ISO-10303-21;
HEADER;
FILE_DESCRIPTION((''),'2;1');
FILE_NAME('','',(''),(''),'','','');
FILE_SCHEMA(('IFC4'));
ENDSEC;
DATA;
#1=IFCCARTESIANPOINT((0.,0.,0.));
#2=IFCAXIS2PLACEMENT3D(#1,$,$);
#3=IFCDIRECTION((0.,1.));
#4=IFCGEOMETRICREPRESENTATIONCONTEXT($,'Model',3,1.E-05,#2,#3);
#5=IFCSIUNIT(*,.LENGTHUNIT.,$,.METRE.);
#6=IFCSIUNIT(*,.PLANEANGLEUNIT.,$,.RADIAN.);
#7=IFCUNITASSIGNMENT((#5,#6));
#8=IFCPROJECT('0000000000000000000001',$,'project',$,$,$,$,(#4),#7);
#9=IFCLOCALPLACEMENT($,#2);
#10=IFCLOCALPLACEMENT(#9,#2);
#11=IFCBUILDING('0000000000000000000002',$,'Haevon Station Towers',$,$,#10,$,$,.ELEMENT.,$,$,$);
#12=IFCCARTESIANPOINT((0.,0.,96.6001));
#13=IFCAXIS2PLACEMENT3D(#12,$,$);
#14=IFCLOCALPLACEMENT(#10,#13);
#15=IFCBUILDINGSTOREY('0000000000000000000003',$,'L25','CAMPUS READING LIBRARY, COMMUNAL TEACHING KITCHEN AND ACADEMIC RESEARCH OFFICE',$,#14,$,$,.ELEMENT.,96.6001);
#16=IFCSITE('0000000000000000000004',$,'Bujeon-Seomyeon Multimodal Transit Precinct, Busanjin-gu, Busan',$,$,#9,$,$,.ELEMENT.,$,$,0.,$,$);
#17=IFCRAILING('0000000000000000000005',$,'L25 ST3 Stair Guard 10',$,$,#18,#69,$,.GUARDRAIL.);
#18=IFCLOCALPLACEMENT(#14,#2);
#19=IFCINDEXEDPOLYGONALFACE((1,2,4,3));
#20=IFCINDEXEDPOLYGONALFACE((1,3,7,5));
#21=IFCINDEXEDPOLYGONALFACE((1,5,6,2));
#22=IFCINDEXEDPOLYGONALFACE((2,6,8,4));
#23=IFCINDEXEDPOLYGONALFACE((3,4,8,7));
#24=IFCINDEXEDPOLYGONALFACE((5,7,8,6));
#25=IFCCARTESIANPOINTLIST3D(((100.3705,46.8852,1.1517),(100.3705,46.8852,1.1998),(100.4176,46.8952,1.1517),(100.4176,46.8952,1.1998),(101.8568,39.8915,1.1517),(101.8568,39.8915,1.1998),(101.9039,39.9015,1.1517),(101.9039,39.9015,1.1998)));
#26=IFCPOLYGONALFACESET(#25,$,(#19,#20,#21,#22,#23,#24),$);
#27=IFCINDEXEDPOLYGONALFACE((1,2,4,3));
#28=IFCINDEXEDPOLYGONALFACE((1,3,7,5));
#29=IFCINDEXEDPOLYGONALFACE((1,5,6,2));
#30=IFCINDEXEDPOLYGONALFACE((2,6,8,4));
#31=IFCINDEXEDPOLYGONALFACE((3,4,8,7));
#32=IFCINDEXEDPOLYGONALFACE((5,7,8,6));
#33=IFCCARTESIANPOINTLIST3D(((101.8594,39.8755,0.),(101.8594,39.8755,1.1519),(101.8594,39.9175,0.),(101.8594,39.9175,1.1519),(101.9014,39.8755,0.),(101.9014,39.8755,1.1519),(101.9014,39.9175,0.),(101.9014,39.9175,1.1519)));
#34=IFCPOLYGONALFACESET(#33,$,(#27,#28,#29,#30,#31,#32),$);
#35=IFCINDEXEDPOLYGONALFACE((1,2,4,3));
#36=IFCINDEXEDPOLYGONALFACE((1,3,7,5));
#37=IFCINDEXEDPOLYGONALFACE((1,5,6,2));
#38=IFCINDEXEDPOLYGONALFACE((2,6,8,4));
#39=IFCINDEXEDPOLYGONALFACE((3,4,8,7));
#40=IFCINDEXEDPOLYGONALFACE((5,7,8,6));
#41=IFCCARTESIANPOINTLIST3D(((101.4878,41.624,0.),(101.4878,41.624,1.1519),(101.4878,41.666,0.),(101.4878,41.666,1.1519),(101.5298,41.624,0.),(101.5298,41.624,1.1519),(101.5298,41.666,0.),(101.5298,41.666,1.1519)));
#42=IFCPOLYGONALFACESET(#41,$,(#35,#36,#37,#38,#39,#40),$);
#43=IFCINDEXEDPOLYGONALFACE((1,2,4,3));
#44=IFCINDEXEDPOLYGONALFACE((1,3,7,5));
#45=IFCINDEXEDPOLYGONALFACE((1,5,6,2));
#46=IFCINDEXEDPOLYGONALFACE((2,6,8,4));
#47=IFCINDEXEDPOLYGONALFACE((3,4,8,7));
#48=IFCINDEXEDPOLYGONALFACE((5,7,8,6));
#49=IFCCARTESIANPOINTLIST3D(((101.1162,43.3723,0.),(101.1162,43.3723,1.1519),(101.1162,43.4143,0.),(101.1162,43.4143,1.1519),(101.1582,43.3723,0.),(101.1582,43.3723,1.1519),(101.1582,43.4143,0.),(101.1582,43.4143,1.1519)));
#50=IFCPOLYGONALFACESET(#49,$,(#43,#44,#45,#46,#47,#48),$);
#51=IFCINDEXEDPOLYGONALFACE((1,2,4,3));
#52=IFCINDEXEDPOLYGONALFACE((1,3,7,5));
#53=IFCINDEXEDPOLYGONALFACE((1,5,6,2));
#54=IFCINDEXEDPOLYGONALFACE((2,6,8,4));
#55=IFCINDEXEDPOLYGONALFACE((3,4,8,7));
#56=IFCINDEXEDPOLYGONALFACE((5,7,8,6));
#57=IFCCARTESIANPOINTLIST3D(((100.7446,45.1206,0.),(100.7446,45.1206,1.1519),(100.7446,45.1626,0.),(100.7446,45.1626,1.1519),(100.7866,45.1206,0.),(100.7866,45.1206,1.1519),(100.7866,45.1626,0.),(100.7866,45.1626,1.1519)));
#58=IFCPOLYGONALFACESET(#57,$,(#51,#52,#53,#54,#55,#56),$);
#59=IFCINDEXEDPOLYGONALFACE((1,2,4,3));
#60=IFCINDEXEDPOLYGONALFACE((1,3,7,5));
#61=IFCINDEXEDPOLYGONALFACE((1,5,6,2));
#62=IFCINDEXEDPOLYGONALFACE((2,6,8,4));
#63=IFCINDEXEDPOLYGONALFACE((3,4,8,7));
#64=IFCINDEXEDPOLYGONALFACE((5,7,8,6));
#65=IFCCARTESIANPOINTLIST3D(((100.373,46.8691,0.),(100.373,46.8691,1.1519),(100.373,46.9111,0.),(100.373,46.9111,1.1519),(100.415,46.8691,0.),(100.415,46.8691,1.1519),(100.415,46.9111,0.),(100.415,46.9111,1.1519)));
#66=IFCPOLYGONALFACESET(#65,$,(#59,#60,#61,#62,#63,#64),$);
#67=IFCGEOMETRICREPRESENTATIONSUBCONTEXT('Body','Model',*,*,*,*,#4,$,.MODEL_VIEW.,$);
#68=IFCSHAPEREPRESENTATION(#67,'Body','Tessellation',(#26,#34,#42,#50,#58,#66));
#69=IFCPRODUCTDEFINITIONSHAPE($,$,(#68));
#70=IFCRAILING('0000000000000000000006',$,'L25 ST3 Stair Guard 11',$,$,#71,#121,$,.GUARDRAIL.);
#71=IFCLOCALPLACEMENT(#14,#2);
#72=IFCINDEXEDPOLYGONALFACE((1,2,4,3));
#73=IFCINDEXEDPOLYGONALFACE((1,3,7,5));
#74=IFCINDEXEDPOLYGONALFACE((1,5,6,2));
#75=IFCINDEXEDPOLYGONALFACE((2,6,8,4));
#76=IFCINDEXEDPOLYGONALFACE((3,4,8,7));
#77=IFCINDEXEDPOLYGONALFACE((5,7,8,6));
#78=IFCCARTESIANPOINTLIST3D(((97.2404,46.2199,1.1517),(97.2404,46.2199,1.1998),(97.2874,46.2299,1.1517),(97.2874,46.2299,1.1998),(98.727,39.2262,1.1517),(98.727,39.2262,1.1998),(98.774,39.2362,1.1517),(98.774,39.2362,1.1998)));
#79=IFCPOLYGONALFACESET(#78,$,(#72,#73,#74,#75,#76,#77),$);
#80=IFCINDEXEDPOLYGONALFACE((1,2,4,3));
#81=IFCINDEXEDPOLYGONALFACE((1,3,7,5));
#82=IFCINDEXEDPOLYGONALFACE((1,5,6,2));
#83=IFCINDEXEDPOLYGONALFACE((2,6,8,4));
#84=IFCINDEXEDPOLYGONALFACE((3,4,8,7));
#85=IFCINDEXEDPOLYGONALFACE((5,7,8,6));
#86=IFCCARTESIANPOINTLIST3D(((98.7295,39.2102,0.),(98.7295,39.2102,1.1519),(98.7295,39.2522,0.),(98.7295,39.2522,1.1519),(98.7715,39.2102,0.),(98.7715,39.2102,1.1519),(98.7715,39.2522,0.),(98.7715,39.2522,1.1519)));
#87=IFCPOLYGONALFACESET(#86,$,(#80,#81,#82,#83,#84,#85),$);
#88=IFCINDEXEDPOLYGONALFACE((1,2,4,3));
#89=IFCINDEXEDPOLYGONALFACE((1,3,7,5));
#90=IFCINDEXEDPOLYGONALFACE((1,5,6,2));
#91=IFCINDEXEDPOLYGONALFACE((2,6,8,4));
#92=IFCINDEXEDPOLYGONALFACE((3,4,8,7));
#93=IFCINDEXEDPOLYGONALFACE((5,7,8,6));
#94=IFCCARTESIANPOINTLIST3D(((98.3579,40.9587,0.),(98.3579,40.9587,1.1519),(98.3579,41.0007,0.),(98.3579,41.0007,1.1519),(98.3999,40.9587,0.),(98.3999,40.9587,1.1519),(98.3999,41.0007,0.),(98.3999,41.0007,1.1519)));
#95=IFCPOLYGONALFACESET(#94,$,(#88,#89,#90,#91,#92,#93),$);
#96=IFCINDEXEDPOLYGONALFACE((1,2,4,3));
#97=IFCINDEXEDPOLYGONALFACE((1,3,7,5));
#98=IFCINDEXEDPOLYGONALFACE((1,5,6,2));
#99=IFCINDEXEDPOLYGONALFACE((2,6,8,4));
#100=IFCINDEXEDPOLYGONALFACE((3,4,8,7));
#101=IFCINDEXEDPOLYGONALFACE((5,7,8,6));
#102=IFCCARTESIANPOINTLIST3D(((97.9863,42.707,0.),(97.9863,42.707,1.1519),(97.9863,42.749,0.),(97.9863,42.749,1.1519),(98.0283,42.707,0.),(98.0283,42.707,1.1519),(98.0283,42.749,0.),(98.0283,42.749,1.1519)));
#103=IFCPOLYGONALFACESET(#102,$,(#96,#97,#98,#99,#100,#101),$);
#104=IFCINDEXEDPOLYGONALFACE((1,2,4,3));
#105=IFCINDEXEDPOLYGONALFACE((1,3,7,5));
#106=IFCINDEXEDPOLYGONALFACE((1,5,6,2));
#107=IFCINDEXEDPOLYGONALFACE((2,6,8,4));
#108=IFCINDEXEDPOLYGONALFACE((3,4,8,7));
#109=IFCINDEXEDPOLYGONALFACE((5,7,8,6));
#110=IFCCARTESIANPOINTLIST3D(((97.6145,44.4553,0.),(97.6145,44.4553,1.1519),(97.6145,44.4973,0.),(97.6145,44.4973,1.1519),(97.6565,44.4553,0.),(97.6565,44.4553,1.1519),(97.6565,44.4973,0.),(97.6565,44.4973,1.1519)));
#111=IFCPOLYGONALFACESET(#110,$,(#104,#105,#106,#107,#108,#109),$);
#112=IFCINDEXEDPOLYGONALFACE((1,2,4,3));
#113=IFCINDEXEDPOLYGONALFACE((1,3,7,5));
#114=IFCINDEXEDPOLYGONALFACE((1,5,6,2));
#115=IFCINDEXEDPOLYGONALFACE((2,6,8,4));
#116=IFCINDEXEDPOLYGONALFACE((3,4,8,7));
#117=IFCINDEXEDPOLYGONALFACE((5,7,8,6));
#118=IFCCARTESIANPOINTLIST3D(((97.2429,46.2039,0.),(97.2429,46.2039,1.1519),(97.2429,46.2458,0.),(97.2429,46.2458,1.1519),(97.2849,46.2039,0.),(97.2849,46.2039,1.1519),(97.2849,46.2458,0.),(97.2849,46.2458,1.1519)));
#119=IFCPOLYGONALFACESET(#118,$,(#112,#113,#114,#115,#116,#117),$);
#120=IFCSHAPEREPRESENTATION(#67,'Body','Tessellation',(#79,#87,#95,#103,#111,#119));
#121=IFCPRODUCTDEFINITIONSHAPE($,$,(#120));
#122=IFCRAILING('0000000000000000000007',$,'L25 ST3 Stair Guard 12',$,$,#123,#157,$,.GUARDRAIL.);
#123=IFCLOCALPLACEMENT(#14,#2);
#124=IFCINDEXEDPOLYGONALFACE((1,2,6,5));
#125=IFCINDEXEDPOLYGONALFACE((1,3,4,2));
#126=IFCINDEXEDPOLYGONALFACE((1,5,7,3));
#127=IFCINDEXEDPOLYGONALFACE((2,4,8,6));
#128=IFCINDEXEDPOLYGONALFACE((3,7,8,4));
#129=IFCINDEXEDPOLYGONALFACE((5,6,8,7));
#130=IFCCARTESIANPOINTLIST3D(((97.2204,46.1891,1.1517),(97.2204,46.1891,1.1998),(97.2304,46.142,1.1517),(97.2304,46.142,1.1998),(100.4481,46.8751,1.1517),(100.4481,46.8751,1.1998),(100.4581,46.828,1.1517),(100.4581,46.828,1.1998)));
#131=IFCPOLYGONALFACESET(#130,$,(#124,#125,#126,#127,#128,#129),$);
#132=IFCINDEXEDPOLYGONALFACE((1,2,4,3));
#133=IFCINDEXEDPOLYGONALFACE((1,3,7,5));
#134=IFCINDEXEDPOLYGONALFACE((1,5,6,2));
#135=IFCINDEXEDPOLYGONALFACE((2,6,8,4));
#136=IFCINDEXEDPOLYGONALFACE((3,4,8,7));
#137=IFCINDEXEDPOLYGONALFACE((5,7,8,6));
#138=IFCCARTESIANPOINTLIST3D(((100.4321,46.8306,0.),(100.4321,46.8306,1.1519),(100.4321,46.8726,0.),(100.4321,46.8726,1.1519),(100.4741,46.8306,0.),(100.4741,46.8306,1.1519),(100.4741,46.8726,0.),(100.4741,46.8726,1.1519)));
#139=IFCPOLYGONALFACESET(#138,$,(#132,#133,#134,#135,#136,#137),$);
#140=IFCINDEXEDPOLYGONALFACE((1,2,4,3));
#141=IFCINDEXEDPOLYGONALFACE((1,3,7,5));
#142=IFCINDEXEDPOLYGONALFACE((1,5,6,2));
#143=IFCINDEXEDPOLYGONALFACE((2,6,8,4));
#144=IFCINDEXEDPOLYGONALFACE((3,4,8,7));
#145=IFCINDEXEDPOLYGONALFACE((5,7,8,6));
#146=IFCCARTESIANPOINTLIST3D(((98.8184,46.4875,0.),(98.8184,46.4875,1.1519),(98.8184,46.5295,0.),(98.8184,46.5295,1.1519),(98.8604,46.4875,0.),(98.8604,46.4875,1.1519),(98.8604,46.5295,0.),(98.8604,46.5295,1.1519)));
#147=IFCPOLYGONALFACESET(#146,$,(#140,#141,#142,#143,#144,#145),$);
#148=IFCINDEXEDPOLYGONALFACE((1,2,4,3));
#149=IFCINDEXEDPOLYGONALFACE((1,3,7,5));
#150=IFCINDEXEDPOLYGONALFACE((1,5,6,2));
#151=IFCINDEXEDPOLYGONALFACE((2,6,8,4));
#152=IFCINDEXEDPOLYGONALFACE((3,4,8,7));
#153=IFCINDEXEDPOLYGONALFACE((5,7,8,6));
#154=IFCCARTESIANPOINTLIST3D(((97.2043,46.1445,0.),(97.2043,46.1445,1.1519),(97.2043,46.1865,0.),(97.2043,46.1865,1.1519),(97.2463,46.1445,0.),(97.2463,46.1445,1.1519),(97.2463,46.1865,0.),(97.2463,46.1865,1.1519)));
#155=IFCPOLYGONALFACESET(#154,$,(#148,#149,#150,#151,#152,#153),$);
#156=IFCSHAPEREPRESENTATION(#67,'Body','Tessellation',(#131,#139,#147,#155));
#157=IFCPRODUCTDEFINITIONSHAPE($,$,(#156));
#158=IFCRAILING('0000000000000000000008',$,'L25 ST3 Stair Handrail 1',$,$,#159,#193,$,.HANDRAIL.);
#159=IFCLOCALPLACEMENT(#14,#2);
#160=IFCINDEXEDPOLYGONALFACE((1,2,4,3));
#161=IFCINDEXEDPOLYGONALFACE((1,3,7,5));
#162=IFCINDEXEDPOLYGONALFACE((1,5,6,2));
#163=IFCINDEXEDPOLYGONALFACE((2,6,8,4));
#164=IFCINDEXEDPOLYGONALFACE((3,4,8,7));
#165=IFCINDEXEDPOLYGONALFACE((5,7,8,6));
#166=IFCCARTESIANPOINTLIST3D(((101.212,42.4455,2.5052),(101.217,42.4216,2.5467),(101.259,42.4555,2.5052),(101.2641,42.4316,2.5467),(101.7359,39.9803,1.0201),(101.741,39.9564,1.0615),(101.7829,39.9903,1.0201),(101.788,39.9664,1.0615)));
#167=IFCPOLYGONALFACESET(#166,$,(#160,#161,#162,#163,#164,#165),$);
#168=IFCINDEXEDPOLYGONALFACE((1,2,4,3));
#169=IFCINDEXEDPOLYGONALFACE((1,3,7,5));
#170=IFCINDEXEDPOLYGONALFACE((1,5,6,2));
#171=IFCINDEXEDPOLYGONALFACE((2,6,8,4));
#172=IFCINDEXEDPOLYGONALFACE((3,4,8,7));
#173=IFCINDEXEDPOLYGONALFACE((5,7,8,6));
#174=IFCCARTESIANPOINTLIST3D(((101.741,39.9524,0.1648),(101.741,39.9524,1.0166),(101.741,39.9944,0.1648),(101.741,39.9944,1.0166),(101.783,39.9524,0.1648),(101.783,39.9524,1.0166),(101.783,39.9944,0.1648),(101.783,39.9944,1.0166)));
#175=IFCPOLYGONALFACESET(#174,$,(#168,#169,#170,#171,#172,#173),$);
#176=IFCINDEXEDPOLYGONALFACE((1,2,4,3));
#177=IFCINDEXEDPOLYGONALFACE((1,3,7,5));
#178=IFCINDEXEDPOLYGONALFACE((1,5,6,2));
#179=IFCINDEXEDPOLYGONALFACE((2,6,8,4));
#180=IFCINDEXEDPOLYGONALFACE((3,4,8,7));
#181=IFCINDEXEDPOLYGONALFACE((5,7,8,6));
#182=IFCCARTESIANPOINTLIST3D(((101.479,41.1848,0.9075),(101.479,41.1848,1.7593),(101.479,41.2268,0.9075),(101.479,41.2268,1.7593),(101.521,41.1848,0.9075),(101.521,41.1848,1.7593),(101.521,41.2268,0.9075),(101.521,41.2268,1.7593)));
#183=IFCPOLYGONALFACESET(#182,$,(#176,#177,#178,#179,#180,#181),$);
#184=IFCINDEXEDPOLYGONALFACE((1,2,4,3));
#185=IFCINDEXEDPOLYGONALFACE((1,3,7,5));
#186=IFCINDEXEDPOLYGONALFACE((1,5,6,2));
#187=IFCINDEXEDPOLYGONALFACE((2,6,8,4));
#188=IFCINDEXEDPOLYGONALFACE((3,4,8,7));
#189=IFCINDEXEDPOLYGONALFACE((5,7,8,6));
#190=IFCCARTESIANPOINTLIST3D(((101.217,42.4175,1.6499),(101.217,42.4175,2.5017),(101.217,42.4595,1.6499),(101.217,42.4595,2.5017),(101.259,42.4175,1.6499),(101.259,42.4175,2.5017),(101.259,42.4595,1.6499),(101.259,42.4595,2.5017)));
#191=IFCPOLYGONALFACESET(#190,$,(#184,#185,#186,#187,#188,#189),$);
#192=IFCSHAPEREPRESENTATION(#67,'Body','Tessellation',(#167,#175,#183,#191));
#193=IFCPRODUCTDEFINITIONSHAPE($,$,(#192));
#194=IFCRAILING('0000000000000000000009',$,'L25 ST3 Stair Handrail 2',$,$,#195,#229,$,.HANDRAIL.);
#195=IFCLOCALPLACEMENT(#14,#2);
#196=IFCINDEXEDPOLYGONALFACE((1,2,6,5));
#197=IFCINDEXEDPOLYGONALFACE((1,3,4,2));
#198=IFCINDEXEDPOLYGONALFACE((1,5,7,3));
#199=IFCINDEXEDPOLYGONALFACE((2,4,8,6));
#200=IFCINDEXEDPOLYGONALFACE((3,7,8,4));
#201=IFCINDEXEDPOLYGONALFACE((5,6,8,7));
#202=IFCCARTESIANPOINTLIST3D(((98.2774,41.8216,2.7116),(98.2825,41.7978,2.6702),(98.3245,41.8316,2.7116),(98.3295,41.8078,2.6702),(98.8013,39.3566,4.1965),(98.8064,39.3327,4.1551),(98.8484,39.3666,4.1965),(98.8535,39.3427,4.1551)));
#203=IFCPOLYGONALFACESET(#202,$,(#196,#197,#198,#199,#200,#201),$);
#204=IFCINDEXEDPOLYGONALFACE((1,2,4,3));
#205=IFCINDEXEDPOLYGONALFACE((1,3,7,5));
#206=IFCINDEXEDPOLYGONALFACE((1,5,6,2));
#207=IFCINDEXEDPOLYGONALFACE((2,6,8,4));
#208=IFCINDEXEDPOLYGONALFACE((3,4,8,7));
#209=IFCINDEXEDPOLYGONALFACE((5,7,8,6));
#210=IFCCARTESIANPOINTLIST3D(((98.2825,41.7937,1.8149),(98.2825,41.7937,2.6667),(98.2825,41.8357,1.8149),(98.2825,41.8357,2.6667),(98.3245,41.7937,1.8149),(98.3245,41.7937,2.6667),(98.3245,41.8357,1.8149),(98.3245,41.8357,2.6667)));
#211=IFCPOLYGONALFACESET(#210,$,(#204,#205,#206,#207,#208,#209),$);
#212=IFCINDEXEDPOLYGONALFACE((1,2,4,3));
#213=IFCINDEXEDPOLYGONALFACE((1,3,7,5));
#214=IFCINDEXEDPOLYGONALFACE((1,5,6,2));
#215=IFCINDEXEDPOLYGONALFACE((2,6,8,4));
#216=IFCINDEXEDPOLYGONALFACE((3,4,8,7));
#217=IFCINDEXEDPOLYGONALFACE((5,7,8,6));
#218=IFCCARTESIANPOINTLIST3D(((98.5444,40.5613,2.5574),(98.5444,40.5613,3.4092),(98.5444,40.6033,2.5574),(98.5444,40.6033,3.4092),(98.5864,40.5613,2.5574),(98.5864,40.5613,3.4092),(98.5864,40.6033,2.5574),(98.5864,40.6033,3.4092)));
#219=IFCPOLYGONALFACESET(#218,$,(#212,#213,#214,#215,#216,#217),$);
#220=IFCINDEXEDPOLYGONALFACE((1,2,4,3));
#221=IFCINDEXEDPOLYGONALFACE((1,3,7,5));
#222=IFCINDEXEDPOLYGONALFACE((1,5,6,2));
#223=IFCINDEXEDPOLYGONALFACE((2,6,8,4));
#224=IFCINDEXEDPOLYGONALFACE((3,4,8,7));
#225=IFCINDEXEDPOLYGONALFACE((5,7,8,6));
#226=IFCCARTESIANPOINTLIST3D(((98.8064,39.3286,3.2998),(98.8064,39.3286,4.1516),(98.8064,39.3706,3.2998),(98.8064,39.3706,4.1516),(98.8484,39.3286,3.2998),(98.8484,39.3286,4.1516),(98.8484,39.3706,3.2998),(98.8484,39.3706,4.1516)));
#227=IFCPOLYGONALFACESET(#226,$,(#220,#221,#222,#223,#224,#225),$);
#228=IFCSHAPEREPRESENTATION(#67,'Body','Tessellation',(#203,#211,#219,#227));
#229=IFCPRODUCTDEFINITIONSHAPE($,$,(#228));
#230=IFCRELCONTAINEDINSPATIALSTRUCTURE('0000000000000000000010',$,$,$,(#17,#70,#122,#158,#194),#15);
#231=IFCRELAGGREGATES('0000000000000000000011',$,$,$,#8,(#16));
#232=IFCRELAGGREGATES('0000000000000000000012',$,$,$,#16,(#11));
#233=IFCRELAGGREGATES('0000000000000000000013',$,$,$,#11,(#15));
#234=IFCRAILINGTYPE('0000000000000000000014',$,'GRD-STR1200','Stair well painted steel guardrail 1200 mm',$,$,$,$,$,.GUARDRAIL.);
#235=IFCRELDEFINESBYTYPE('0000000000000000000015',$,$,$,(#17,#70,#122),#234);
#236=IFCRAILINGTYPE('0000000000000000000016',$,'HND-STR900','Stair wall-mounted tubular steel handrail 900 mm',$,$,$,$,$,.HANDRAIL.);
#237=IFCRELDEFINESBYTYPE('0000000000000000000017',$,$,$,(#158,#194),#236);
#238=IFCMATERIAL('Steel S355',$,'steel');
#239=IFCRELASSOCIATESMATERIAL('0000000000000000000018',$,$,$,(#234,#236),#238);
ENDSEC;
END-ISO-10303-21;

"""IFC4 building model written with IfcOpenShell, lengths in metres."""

from ifc_helpers import new_model, si_unit, direction, frame, origin, origin_2d, place, context, subcontext, project, spatial, rectangle, extrude, material, type_object, element, save


model = new_model("IFC4")

# Units and contexts
model_context = context("Model", 3, precision=1e-05, world=origin(), true_north=direction((0.0, 1.0)))
body_context = subcontext(model_context, "Body", "Model", "MODEL_VIEW")
ifc_project = project(units=[si_unit("LENGTHUNIT", "METRE"), si_unit("PLANEANGLEUNIT", "RADIAN")], contexts=[model_context])

# Site, building, storey
site_placement = place(None, origin())
site = spatial("IfcSite", under=ifc_project, at=site_placement, Name="Bujeon-Seomyeon Multimodal Transit Precinct, Busanjin-gu, Busan", CompositionType="ELEMENT", RefElevation=0.0)
building_placement = place(site_placement, origin())
building = spatial("IfcBuilding", under=site, at=building_placement, Name="Haevon Station Towers", CompositionType="ELEMENT")
storey_placement = place(building_placement, frame((0.0, 0.0, 96.6001)))
storey = spatial("IfcBuildingStorey", under=building, at=storey_placement, Name="L25", Description="CAMPUS READING LIBRARY, COMMUNAL TEACHING KITCHEN AND ACADEMIC RESEARCH OFFICE", CompositionType="ELEMENT", Elevation=96.6001)

# Shared definitions
ifc_material_1 = material(Name="Steel S355", Category="steel")

# Railings
railing_type_1 = type_object("IfcRailingType", Name="GRD-STR1200", Description="Stair well painted steel guardrail 1200 mm", PredefinedType="GUARDRAIL", material=ifc_material_1)
railing_1_placement = place(storey_placement, frame((101.8804, 39.8965, 0.0)))
element("IfcRailing", 1, at=railing_1_placement, inside=storey, type_object=railing_type_1, Name="L25 ST3 Stair Guard 10", PredefinedType="GUARDRAIL", context=body_context, shape_type="SweptSolid", body=[
    extrude(rectangle(XDim=0.0481, YDim=0.0481, at=origin_2d()), frame((0.0, 0.0, 1.1758), z_axis=(-0.207882, 0.978154, 0.0), x_axis=(-0.978154, -0.207882, 0.0)), (0.0, 0.0, 1.0), 7.1499),
    extrude(rectangle(XDim=0.042, YDim=0.042, at=origin_2d()), origin(), (0.0, 0.0, 1.0), 1.1519),
    extrude(rectangle(XDim=0.042, YDim=0.042, at=origin_2d()), frame((-0.3716, 1.7485, 0.0)), (0.0, 0.0, 1.0), 1.1519),
    extrude(rectangle(XDim=0.042, YDim=0.042, at=origin_2d()), frame((-0.7432, 3.4968, 0.0)), (0.0, 0.0, 1.0), 1.1519),
    extrude(rectangle(XDim=0.042, YDim=0.042, at=origin_2d()), frame((-1.1147, 5.2451, 0.0)), (0.0, 0.0, 1.0), 1.1519),
    extrude(rectangle(XDim=0.042, YDim=0.042, at=origin_2d()), frame((-1.4863, 6.9937, 0.0)), (0.0, 0.0, 1.0), 1.1519),
])
railing_2_placement = place(storey_placement, frame((98.7505, 39.2312, 0.0)))
element("IfcRailing", 2, at=railing_2_placement, inside=storey, type_object=railing_type_1, Name="L25 ST3 Stair Guard 11", PredefinedType="GUARDRAIL", context=body_context, shape_type="SweptSolid", body=[
    extrude(rectangle(XDim=0.0481, YDim=0.0481, at=origin_2d()), frame((0.0, 0.0, 1.1758), z_axis=(-0.207915, 0.978147, 0.0), x_axis=(-0.978147, -0.207915, 0.0)), (0.0, 0.0, 1.0), 7.1499),
    extrude(rectangle(XDim=0.042, YDim=0.042, at=origin_2d()), origin(), (0.0, 0.0, 1.0), 1.1519),
    extrude(rectangle(XDim=0.042, YDim=0.042, at=origin_2d()), frame((-0.3716, 1.7485, 0.0)), (0.0, 0.0, 1.0), 1.1519),
    extrude(rectangle(XDim=0.042, YDim=0.042, at=origin_2d()), frame((-0.7432, 3.4968, 0.0)), (0.0, 0.0, 1.0), 1.1519),
    extrude(rectangle(XDim=0.042, YDim=0.042, at=origin_2d()), frame((-1.115, 5.2451, 0.0)), (0.0, 0.0, 1.0), 1.1519),
    extrude(rectangle(XDim=0.042, YDim=0.042, at=origin_2d()), frame((-1.4866, 6.9937, 0.0)), (0.0, 0.0, 1.0), 1.1519),
])
railing_3_placement = place(storey_placement, frame((100.4531, 46.8516, 0.0)))
element("IfcRailing", 3, at=railing_3_placement, inside=storey, type_object=railing_type_1, Name="L25 ST3 Stair Guard 12", PredefinedType="GUARDRAIL", context=body_context, shape_type="SweptSolid", body=[
    extrude(rectangle(XDim=0.0481, YDim=0.0481, at=origin_2d()), frame((0.0, 0.0, 1.1758), z_axis=(-0.978151, -0.207897, 0.0), x_axis=(0.207897, -0.978151, 0.0)), (0.0, 0.0, 1.0), 3.2998),
    extrude(rectangle(XDim=0.042, YDim=0.042, at=origin_2d()), origin(), (0.0, 0.0, 1.0), 1.1519),
    extrude(rectangle(XDim=0.042, YDim=0.042, at=origin_2d()), frame((-1.6138, -0.343, 0.0)), (0.0, 0.0, 1.0), 1.1519),
    extrude(rectangle(XDim=0.042, YDim=0.042, at=origin_2d()), frame((-3.2278, -0.686, 0.0)), (0.0, 0.0, 1.0), 1.1519),
])
railing_type_2 = type_object("IfcRailingType", Name="HND-STR900", Description="Stair wall-mounted tubular steel handrail 900 mm", PredefinedType="HANDRAIL", material=ifc_material_1)
railing_4_placement = place(storey_placement, frame((101.762, 39.9734, 0.1648)))
element("IfcRailing", 4, at=railing_4_placement, inside=storey, type_object=railing_type_2, Name="L25 ST3 Stair Handrail 1", PredefinedType="HANDRAIL", context=body_context, shape_type="SweptSolid", body=[
    extrude(rectangle(XDim=0.0481, YDim=0.0481, at=origin_2d()), frame((0.0, 0.0, 0.876), z_axis=(-0.179109, 0.842712, 0.507697), x_axis=(-0.978151, -0.207895, 0.0)), (0.0, 0.0, 1.0), 2.9253),
    extrude(rectangle(XDim=0.042, YDim=0.042, at=origin_2d()), origin(), (0.0, 0.0, 1.0), 0.8518),
    extrude(rectangle(XDim=0.042, YDim=0.042, at=origin_2d()), frame((-0.262, 1.2324, 0.7427)), (0.0, 0.0, 1.0), 0.8518),
    extrude(rectangle(XDim=0.042, YDim=0.042, at=origin_2d()), frame((-0.5239, 2.4651, 1.4851)), (0.0, 0.0, 1.0), 0.8518),
])
railing_5_placement = place(storey_placement, frame((98.3035, 41.8147, 1.8149)))
element("IfcRailing", 5, at=railing_5_placement, inside=storey, type_object=railing_type_2, Name="L25 ST3 Stair Handrail 2", PredefinedType="HANDRAIL", context=body_context, shape_type="SweptSolid", body=[
    extrude(rectangle(XDim=0.0481, YDim=0.0481, at=origin_2d()), frame((0.0, 0.0, 0.876), z_axis=(0.179116, -0.842748, 0.507635), x_axis=(0.978151, 0.207895, 0.0)), (0.0, 0.0, 1.0), 2.925),
    extrude(rectangle(XDim=0.042, YDim=0.042, at=origin_2d()), origin(), (0.0, 0.0, 1.0), 0.8518),
    extrude(rectangle(XDim=0.042, YDim=0.042, at=origin_2d()), frame((0.262, -1.2324, 0.7424)), (0.0, 0.0, 1.0), 0.8518),
    extrude(rectangle(XDim=0.042, YDim=0.042, at=origin_2d()), frame((0.5239, -2.4651, 1.4849)), (0.0, 0.0, 1.0), 0.8518),
])

save(model, "model.ifc")
